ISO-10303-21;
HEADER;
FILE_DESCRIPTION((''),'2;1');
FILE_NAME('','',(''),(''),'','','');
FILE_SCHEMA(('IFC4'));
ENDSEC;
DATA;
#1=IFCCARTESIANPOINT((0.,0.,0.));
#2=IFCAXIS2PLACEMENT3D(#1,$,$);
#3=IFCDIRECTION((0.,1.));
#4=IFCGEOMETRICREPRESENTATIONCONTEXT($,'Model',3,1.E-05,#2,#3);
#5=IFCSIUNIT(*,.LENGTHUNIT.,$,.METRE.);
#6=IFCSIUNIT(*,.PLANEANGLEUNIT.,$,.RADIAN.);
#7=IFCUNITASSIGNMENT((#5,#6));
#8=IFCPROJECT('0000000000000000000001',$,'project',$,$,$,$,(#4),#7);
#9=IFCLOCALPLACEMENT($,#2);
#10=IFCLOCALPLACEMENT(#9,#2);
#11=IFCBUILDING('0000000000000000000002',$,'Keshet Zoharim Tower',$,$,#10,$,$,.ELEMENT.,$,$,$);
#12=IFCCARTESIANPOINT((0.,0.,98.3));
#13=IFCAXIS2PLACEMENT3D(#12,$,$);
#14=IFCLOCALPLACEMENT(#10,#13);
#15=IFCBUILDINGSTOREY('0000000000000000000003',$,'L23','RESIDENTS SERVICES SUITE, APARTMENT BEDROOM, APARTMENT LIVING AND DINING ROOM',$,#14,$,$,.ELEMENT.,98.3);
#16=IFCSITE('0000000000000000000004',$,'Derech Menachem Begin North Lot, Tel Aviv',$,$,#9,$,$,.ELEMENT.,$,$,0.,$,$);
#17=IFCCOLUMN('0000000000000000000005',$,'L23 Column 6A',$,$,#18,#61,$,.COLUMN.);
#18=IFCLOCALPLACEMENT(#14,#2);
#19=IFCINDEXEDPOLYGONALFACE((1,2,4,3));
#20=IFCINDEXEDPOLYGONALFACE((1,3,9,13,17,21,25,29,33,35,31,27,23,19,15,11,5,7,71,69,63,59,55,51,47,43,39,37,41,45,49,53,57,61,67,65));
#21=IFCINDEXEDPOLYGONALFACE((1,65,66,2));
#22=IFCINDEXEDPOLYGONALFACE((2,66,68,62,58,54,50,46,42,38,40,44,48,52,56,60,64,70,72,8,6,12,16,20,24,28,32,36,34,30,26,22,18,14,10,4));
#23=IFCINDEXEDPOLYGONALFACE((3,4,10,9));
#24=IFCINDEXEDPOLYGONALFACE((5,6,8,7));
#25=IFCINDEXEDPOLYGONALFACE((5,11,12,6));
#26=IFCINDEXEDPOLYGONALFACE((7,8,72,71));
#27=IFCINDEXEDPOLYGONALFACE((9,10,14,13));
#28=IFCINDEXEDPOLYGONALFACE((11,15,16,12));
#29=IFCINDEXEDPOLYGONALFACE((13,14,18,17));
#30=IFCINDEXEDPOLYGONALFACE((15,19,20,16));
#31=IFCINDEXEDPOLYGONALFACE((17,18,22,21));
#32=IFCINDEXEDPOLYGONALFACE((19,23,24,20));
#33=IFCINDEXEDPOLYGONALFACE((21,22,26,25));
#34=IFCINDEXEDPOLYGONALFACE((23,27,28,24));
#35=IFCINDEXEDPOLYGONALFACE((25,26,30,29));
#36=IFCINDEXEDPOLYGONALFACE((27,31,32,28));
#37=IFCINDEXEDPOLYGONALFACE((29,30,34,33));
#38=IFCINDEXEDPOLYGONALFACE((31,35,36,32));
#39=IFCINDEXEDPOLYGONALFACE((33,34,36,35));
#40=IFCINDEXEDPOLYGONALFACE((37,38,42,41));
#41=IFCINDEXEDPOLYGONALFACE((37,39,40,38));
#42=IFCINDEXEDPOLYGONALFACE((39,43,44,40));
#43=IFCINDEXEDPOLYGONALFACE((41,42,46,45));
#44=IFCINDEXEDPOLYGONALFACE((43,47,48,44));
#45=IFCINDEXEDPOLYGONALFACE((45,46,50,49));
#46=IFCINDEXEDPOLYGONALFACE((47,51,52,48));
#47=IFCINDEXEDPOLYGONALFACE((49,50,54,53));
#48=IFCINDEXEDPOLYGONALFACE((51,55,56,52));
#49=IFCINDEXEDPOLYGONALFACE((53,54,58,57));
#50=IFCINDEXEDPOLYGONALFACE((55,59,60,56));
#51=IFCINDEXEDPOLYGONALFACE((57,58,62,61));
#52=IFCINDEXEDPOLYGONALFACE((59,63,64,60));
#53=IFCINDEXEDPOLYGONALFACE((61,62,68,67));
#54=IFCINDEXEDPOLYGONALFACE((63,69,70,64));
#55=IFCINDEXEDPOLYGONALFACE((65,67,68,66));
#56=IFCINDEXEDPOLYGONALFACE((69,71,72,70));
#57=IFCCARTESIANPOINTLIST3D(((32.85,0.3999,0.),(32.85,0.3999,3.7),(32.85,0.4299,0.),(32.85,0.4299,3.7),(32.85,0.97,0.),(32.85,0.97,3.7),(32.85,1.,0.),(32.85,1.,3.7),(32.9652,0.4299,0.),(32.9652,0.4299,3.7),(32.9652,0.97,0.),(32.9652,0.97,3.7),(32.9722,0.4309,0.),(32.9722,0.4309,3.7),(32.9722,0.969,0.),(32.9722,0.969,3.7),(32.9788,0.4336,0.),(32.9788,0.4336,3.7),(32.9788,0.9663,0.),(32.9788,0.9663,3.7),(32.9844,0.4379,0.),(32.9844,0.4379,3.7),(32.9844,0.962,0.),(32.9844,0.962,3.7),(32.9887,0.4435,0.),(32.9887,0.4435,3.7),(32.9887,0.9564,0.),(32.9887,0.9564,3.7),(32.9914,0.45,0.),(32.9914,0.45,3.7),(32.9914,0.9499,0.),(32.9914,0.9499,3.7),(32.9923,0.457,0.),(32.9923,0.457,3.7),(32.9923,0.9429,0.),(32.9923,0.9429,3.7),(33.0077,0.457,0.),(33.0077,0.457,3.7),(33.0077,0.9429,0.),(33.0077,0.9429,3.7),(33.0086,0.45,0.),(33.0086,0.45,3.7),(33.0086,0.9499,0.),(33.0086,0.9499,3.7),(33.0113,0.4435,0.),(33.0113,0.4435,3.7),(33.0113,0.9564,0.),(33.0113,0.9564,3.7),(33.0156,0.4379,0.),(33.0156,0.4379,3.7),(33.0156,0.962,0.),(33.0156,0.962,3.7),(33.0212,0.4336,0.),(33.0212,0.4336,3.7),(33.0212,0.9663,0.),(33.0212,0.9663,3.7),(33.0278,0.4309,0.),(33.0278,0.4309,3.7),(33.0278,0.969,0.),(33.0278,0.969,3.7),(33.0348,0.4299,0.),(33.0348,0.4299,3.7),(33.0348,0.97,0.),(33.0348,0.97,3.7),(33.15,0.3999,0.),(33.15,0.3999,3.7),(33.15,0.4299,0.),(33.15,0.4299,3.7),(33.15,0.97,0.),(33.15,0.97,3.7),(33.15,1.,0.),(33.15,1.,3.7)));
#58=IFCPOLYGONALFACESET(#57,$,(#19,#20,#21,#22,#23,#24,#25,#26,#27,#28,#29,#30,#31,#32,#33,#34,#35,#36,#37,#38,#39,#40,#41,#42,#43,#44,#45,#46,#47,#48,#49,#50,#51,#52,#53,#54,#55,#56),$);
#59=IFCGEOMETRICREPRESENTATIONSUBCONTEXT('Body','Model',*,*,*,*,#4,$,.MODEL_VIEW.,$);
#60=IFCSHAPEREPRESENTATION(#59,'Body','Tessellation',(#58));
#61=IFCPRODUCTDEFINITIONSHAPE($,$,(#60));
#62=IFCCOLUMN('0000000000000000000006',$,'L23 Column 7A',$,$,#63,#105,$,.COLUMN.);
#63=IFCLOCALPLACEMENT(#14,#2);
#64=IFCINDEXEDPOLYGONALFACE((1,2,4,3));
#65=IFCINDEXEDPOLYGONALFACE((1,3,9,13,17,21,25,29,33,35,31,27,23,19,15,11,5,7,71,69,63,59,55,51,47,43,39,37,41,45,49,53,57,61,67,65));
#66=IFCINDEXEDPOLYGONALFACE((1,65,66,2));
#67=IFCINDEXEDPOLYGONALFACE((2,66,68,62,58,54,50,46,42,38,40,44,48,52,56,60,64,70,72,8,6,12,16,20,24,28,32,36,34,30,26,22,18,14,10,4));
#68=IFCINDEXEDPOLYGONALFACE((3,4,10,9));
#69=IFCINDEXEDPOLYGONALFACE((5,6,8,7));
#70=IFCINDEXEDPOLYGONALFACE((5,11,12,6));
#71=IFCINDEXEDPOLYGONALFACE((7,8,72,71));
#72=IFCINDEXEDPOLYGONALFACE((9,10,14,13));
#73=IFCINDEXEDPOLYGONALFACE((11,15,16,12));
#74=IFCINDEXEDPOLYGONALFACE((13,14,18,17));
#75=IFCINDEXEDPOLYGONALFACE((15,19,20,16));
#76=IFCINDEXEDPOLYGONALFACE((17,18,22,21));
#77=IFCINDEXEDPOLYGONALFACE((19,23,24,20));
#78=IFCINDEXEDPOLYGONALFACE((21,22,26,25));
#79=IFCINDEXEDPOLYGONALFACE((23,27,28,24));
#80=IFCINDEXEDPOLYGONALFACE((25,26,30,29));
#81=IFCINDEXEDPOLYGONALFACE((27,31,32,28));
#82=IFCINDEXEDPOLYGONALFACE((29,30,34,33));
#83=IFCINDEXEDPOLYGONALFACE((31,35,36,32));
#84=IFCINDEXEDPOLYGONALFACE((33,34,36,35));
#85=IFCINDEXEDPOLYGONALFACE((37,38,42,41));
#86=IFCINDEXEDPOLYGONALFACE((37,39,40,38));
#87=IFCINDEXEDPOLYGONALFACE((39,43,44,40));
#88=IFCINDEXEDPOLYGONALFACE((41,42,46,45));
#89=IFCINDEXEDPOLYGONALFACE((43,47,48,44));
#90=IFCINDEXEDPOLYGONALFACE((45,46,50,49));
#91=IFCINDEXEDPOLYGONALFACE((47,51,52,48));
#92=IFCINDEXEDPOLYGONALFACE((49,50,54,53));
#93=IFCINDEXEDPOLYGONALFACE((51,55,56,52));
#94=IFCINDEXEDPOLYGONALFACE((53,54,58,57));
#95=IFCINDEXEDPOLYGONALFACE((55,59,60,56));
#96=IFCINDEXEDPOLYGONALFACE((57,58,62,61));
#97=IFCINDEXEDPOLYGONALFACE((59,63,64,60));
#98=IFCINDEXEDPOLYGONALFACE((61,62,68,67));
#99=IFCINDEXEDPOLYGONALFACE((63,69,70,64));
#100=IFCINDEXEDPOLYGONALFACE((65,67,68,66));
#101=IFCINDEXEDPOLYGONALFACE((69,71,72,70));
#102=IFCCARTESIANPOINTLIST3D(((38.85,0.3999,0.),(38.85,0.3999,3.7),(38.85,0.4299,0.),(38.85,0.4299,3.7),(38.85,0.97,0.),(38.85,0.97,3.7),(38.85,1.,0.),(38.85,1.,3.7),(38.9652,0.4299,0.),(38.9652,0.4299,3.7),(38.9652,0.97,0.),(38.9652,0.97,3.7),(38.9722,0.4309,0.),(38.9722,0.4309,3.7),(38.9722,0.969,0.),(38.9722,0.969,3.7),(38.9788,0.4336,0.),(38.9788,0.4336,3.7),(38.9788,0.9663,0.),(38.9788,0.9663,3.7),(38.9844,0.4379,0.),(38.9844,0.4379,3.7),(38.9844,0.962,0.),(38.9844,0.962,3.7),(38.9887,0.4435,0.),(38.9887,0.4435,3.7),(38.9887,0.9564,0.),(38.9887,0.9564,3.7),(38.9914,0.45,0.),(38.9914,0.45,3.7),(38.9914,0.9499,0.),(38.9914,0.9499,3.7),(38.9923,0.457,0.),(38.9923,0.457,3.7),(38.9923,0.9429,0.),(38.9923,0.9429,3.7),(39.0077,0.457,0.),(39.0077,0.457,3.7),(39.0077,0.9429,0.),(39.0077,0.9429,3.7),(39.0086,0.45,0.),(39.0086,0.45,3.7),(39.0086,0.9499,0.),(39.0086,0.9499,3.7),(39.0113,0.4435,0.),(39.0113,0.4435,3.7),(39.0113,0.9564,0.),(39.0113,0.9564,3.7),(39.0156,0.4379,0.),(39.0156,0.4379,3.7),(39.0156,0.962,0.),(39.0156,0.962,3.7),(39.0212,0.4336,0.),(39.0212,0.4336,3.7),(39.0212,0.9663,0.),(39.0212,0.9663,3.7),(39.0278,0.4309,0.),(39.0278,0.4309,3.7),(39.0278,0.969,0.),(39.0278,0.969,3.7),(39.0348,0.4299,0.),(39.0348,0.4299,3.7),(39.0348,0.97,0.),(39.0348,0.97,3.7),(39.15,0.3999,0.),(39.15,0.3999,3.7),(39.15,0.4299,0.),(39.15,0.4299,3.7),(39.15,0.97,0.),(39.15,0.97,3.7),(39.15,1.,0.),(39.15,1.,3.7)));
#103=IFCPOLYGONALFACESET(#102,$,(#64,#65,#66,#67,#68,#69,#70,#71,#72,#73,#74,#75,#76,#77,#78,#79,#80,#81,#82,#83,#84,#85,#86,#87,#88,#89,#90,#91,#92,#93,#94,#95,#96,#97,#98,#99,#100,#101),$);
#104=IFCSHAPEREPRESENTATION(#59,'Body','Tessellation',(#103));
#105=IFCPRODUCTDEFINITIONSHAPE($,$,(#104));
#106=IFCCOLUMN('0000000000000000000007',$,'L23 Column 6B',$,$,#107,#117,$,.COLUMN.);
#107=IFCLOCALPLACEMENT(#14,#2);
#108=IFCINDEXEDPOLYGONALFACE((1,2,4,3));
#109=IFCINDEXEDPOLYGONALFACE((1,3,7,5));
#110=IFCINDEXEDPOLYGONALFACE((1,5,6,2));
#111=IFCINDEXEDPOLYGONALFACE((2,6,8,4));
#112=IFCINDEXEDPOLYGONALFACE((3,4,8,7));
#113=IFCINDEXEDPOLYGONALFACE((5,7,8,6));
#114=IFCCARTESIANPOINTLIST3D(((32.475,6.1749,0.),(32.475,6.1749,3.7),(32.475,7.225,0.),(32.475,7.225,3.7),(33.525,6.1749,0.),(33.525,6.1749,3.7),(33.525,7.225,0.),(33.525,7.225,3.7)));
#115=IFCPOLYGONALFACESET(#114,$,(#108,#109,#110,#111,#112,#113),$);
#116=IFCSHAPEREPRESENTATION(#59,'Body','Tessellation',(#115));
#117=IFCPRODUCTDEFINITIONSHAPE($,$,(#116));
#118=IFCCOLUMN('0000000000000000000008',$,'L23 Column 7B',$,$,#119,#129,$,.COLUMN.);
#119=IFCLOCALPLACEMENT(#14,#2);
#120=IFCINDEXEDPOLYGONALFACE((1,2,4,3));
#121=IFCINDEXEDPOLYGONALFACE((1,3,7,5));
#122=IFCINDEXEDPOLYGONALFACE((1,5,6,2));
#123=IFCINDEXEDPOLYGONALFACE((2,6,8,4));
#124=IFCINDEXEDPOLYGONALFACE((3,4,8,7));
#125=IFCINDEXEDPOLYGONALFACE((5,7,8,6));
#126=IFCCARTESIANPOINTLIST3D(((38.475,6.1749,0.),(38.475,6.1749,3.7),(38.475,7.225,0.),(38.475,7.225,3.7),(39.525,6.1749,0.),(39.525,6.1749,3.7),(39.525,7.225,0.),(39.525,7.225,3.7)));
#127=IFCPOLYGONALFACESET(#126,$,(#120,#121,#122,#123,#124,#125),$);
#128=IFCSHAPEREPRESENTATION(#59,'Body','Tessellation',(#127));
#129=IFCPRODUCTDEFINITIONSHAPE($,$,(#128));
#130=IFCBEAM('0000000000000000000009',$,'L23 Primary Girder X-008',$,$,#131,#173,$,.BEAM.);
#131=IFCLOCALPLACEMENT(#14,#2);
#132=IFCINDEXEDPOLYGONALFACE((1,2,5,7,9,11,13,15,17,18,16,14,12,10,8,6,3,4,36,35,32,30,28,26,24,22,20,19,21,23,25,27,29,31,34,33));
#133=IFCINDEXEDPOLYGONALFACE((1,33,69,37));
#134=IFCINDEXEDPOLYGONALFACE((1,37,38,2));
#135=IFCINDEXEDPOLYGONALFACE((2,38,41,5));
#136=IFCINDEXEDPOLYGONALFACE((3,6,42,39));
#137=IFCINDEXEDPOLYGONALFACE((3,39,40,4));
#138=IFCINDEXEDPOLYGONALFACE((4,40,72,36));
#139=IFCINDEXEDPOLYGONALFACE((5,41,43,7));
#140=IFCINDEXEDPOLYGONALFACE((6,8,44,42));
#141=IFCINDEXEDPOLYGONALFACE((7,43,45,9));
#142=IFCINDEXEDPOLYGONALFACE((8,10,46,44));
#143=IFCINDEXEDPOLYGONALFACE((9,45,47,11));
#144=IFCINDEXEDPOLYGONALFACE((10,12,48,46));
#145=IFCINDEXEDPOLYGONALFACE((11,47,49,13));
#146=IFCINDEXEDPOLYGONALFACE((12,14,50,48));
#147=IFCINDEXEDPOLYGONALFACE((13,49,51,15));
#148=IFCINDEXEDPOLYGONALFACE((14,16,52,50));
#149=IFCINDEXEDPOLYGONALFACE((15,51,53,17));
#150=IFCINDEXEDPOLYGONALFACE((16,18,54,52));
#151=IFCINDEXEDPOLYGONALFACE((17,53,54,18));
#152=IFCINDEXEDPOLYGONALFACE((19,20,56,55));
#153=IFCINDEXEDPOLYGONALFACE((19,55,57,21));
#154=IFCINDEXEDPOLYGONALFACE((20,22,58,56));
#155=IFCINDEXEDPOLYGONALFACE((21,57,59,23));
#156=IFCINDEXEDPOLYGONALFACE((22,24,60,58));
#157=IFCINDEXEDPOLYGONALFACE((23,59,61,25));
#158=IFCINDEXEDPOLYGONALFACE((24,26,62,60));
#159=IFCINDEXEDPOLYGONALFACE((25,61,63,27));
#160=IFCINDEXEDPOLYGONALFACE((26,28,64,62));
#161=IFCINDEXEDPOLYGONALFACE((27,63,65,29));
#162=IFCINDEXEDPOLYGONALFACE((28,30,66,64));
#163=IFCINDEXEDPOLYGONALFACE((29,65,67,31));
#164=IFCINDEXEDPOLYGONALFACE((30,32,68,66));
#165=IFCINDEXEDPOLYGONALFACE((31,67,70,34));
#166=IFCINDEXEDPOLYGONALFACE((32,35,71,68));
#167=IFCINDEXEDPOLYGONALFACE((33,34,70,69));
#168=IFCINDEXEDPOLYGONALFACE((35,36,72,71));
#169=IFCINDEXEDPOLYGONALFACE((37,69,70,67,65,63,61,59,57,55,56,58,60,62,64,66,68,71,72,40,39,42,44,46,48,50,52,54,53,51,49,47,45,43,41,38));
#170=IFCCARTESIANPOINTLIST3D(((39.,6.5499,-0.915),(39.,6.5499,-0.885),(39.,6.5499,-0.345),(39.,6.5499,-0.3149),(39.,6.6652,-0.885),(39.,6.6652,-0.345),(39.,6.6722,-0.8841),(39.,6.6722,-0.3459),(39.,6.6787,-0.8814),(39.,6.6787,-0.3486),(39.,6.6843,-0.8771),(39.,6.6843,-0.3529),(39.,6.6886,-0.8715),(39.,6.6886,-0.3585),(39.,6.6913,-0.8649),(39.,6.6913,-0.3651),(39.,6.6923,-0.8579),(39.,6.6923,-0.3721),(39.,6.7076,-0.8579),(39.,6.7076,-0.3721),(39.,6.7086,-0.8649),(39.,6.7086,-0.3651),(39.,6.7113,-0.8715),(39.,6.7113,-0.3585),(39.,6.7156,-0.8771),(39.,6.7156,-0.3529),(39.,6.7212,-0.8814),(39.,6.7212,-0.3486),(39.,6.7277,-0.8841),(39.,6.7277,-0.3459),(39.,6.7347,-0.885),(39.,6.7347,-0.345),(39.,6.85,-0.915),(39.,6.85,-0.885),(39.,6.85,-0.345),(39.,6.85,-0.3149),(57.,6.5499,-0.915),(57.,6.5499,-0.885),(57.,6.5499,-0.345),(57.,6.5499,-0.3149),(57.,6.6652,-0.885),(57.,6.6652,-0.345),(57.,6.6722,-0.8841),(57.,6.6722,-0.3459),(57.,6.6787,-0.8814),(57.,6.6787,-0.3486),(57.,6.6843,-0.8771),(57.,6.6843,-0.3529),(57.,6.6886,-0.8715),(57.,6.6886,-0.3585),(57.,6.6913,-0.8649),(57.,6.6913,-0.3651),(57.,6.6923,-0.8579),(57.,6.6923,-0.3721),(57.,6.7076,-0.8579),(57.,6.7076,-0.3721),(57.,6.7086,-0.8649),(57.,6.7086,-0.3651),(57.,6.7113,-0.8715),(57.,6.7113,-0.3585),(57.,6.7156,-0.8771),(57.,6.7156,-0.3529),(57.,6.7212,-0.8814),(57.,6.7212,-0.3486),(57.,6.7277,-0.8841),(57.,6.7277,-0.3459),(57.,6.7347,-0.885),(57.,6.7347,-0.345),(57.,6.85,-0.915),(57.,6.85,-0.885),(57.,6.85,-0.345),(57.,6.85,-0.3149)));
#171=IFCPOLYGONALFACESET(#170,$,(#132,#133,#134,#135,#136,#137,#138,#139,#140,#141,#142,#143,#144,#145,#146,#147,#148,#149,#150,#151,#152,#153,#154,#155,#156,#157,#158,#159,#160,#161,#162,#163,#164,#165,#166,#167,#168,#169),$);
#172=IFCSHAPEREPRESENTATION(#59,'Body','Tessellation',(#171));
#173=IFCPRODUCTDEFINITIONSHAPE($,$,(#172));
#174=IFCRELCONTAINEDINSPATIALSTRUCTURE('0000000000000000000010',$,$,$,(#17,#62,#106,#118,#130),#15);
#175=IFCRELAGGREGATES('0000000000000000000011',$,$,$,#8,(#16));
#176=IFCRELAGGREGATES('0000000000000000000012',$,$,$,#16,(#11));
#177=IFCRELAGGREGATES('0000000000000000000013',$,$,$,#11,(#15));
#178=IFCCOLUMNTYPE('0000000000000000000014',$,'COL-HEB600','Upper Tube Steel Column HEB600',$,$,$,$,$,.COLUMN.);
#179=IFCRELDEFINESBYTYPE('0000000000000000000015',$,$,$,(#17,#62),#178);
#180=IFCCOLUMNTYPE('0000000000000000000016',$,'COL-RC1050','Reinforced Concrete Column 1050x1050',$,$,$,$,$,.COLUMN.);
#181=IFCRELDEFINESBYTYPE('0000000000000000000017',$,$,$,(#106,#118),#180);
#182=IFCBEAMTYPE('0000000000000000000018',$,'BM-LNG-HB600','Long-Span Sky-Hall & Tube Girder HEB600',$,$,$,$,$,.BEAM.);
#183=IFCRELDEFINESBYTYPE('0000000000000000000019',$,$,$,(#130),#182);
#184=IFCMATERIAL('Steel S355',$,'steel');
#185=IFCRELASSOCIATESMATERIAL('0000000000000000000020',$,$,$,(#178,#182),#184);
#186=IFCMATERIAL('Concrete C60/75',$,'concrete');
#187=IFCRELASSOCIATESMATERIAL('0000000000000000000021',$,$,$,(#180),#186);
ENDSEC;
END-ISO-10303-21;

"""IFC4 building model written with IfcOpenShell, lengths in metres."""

from ifc_helpers import new_model, si_unit, direction, frame, origin, origin_2d, place, context, subcontext, project, spatial, rectangle, i_section, extrude, material, material_profile, profile_set, type_object, element, save


model = new_model("IFC4")

# Units and contexts
model_context = context("Model", 3, precision=1e-05, world=origin(), true_north=direction((0.0, 1.0)))
body_context = subcontext(model_context, "Body", "Model", "MODEL_VIEW")
ifc_project = project(units=[si_unit("LENGTHUNIT", "METRE"), si_unit("PLANEANGLEUNIT", "RADIAN")], contexts=[model_context])

# Site, building, storey
site_placement = place(None, origin())
site = spatial("IfcSite", under=ifc_project, at=site_placement, Name="Derech Menachem Begin North Lot, Tel Aviv", CompositionType="ELEMENT", RefElevation=0.0)
building_placement = place(site_placement, origin())
building = spatial("IfcBuilding", under=site, at=building_placement, Name="Keshet Zoharim Tower", CompositionType="ELEMENT")
storey_placement = place(building_placement, frame((0.0, 0.0, 98.3)))
storey = spatial("IfcBuildingStorey", under=building, at=storey_placement, Name="L23", Description="RESIDENTS SERVICES SUITE, APARTMENT BEDROOM, APARTMENT LIVING AND DINING ROOM", CompositionType="ELEMENT", Elevation=98.3)

# Columns
ifc_material_1 = material(Name="Steel S355", Category="steel")
ifc_material_profile_1 = material_profile(ifc_material_1, i_section(OverallWidth=0.3, OverallDepth=0.6001, WebThickness=0.0154, FlangeThickness=0.03, FilletRadius=0.0271, at=origin_2d()), Name="HEB600")
ifc_profile_set_1 = profile_set([ifc_material_profile_1], Name="Steel S355")
column_type_1 = type_object("IfcColumnType", Name="COL-HEB600", Description="Upper Tube Steel Column HEB600", PredefinedType="COLUMN", material=ifc_profile_set_1)
for number, where, z_axis, x_axis, name in (
    (1, (33.0, 0.7, 0.0), (0.0, 0.0, 1.0), (1.0, 0.0, 0.0), "L23 Column 6A"),
    (2, (39.0, 0.7, 0.0), (0.0, 0.0, 1.0), (1.0, 0.0, 0.0), "L23 Column 7A"),
):
    element("IfcColumn", number, at=place(storey_placement, frame(where, z_axis=z_axis, x_axis=x_axis)), inside=storey, type_object=column_type_1, Name=name, PredefinedType="COLUMN", context=body_context, shape_type="SweptSolid", body=[
        extrude(i_section(OverallWidth=0.3, OverallDepth=0.6001, WebThickness=0.0154, FlangeThickness=0.03, FilletRadius=0.0271, at=origin_2d()), origin(), (0.0, 0.0, 1.0), 3.7),
    ])
ifc_material_2 = material(Name="Concrete C60/75", Category="concrete")
ifc_material_profile_2 = material_profile(ifc_material_2, rectangle(XDim=1.05, YDim=1.05, at=origin_2d()), Name="RC1050x1050")
ifc_profile_set_2 = profile_set([ifc_material_profile_2], Name="Concrete C60/75")
column_type_2 = type_object("IfcColumnType", Name="COL-RC1050", Description="Reinforced Concrete Column 1050x1050", PredefinedType="COLUMN", material=ifc_profile_set_2)
for number, where, z_axis, x_axis, name in (
    (3, (33.0, 6.7, 0.0), (0.0, 0.0, 1.0), (1.0, 0.0, 0.0), "L23 Column 6B"),
    (4, (39.0, 6.7, 0.0), (0.0, 0.0, 1.0), (1.0, 0.0, 0.0), "L23 Column 7B"),
):
    element("IfcColumn", number, at=place(storey_placement, frame(where, z_axis=z_axis, x_axis=x_axis)), inside=storey, type_object=column_type_2, Name=name, PredefinedType="COLUMN", context=body_context, shape_type="SweptSolid", body=[
        extrude(rectangle(XDim=1.05, YDim=1.05, at=origin_2d()), origin(), (0.0, 0.0, 1.0), 3.7),
    ])

# Beam
ifc_material_profile_3 = material_profile(ifc_material_1, i_section(OverallWidth=0.3, OverallDepth=0.6001, WebThickness=0.0154, FlangeThickness=0.03, FilletRadius=0.0271, at=origin_2d()), Name="HEB600")
ifc_profile_set_3 = profile_set([ifc_material_profile_3], Name="Steel S355")
beam_type_1 = type_object("IfcBeamType", Name="BM-LNG-HB600", Description="Long-Span Sky-Hall & Tube Girder HEB600", PredefinedType="BEAM", material=ifc_profile_set_3)
beam_placement = place(storey_placement, frame((39.0, 6.7, -0.615), z_axis=(1.0, 0.0, 0.0), x_axis=(0.0, 1.0, 0.0)))
element("IfcBeam", 5, at=beam_placement, inside=storey, type_object=beam_type_1, Name="L23 Primary Girder X-008", PredefinedType="BEAM", context=body_context, shape_type="SweptSolid", body=[
    extrude(i_section(OverallWidth=0.3, OverallDepth=0.6001, WebThickness=0.0154, FlangeThickness=0.03, FilletRadius=0.0271, at=origin_2d()), origin(), (0.0, 0.0, 1.0), 18.0),
])

save(model, "model.ifc")
